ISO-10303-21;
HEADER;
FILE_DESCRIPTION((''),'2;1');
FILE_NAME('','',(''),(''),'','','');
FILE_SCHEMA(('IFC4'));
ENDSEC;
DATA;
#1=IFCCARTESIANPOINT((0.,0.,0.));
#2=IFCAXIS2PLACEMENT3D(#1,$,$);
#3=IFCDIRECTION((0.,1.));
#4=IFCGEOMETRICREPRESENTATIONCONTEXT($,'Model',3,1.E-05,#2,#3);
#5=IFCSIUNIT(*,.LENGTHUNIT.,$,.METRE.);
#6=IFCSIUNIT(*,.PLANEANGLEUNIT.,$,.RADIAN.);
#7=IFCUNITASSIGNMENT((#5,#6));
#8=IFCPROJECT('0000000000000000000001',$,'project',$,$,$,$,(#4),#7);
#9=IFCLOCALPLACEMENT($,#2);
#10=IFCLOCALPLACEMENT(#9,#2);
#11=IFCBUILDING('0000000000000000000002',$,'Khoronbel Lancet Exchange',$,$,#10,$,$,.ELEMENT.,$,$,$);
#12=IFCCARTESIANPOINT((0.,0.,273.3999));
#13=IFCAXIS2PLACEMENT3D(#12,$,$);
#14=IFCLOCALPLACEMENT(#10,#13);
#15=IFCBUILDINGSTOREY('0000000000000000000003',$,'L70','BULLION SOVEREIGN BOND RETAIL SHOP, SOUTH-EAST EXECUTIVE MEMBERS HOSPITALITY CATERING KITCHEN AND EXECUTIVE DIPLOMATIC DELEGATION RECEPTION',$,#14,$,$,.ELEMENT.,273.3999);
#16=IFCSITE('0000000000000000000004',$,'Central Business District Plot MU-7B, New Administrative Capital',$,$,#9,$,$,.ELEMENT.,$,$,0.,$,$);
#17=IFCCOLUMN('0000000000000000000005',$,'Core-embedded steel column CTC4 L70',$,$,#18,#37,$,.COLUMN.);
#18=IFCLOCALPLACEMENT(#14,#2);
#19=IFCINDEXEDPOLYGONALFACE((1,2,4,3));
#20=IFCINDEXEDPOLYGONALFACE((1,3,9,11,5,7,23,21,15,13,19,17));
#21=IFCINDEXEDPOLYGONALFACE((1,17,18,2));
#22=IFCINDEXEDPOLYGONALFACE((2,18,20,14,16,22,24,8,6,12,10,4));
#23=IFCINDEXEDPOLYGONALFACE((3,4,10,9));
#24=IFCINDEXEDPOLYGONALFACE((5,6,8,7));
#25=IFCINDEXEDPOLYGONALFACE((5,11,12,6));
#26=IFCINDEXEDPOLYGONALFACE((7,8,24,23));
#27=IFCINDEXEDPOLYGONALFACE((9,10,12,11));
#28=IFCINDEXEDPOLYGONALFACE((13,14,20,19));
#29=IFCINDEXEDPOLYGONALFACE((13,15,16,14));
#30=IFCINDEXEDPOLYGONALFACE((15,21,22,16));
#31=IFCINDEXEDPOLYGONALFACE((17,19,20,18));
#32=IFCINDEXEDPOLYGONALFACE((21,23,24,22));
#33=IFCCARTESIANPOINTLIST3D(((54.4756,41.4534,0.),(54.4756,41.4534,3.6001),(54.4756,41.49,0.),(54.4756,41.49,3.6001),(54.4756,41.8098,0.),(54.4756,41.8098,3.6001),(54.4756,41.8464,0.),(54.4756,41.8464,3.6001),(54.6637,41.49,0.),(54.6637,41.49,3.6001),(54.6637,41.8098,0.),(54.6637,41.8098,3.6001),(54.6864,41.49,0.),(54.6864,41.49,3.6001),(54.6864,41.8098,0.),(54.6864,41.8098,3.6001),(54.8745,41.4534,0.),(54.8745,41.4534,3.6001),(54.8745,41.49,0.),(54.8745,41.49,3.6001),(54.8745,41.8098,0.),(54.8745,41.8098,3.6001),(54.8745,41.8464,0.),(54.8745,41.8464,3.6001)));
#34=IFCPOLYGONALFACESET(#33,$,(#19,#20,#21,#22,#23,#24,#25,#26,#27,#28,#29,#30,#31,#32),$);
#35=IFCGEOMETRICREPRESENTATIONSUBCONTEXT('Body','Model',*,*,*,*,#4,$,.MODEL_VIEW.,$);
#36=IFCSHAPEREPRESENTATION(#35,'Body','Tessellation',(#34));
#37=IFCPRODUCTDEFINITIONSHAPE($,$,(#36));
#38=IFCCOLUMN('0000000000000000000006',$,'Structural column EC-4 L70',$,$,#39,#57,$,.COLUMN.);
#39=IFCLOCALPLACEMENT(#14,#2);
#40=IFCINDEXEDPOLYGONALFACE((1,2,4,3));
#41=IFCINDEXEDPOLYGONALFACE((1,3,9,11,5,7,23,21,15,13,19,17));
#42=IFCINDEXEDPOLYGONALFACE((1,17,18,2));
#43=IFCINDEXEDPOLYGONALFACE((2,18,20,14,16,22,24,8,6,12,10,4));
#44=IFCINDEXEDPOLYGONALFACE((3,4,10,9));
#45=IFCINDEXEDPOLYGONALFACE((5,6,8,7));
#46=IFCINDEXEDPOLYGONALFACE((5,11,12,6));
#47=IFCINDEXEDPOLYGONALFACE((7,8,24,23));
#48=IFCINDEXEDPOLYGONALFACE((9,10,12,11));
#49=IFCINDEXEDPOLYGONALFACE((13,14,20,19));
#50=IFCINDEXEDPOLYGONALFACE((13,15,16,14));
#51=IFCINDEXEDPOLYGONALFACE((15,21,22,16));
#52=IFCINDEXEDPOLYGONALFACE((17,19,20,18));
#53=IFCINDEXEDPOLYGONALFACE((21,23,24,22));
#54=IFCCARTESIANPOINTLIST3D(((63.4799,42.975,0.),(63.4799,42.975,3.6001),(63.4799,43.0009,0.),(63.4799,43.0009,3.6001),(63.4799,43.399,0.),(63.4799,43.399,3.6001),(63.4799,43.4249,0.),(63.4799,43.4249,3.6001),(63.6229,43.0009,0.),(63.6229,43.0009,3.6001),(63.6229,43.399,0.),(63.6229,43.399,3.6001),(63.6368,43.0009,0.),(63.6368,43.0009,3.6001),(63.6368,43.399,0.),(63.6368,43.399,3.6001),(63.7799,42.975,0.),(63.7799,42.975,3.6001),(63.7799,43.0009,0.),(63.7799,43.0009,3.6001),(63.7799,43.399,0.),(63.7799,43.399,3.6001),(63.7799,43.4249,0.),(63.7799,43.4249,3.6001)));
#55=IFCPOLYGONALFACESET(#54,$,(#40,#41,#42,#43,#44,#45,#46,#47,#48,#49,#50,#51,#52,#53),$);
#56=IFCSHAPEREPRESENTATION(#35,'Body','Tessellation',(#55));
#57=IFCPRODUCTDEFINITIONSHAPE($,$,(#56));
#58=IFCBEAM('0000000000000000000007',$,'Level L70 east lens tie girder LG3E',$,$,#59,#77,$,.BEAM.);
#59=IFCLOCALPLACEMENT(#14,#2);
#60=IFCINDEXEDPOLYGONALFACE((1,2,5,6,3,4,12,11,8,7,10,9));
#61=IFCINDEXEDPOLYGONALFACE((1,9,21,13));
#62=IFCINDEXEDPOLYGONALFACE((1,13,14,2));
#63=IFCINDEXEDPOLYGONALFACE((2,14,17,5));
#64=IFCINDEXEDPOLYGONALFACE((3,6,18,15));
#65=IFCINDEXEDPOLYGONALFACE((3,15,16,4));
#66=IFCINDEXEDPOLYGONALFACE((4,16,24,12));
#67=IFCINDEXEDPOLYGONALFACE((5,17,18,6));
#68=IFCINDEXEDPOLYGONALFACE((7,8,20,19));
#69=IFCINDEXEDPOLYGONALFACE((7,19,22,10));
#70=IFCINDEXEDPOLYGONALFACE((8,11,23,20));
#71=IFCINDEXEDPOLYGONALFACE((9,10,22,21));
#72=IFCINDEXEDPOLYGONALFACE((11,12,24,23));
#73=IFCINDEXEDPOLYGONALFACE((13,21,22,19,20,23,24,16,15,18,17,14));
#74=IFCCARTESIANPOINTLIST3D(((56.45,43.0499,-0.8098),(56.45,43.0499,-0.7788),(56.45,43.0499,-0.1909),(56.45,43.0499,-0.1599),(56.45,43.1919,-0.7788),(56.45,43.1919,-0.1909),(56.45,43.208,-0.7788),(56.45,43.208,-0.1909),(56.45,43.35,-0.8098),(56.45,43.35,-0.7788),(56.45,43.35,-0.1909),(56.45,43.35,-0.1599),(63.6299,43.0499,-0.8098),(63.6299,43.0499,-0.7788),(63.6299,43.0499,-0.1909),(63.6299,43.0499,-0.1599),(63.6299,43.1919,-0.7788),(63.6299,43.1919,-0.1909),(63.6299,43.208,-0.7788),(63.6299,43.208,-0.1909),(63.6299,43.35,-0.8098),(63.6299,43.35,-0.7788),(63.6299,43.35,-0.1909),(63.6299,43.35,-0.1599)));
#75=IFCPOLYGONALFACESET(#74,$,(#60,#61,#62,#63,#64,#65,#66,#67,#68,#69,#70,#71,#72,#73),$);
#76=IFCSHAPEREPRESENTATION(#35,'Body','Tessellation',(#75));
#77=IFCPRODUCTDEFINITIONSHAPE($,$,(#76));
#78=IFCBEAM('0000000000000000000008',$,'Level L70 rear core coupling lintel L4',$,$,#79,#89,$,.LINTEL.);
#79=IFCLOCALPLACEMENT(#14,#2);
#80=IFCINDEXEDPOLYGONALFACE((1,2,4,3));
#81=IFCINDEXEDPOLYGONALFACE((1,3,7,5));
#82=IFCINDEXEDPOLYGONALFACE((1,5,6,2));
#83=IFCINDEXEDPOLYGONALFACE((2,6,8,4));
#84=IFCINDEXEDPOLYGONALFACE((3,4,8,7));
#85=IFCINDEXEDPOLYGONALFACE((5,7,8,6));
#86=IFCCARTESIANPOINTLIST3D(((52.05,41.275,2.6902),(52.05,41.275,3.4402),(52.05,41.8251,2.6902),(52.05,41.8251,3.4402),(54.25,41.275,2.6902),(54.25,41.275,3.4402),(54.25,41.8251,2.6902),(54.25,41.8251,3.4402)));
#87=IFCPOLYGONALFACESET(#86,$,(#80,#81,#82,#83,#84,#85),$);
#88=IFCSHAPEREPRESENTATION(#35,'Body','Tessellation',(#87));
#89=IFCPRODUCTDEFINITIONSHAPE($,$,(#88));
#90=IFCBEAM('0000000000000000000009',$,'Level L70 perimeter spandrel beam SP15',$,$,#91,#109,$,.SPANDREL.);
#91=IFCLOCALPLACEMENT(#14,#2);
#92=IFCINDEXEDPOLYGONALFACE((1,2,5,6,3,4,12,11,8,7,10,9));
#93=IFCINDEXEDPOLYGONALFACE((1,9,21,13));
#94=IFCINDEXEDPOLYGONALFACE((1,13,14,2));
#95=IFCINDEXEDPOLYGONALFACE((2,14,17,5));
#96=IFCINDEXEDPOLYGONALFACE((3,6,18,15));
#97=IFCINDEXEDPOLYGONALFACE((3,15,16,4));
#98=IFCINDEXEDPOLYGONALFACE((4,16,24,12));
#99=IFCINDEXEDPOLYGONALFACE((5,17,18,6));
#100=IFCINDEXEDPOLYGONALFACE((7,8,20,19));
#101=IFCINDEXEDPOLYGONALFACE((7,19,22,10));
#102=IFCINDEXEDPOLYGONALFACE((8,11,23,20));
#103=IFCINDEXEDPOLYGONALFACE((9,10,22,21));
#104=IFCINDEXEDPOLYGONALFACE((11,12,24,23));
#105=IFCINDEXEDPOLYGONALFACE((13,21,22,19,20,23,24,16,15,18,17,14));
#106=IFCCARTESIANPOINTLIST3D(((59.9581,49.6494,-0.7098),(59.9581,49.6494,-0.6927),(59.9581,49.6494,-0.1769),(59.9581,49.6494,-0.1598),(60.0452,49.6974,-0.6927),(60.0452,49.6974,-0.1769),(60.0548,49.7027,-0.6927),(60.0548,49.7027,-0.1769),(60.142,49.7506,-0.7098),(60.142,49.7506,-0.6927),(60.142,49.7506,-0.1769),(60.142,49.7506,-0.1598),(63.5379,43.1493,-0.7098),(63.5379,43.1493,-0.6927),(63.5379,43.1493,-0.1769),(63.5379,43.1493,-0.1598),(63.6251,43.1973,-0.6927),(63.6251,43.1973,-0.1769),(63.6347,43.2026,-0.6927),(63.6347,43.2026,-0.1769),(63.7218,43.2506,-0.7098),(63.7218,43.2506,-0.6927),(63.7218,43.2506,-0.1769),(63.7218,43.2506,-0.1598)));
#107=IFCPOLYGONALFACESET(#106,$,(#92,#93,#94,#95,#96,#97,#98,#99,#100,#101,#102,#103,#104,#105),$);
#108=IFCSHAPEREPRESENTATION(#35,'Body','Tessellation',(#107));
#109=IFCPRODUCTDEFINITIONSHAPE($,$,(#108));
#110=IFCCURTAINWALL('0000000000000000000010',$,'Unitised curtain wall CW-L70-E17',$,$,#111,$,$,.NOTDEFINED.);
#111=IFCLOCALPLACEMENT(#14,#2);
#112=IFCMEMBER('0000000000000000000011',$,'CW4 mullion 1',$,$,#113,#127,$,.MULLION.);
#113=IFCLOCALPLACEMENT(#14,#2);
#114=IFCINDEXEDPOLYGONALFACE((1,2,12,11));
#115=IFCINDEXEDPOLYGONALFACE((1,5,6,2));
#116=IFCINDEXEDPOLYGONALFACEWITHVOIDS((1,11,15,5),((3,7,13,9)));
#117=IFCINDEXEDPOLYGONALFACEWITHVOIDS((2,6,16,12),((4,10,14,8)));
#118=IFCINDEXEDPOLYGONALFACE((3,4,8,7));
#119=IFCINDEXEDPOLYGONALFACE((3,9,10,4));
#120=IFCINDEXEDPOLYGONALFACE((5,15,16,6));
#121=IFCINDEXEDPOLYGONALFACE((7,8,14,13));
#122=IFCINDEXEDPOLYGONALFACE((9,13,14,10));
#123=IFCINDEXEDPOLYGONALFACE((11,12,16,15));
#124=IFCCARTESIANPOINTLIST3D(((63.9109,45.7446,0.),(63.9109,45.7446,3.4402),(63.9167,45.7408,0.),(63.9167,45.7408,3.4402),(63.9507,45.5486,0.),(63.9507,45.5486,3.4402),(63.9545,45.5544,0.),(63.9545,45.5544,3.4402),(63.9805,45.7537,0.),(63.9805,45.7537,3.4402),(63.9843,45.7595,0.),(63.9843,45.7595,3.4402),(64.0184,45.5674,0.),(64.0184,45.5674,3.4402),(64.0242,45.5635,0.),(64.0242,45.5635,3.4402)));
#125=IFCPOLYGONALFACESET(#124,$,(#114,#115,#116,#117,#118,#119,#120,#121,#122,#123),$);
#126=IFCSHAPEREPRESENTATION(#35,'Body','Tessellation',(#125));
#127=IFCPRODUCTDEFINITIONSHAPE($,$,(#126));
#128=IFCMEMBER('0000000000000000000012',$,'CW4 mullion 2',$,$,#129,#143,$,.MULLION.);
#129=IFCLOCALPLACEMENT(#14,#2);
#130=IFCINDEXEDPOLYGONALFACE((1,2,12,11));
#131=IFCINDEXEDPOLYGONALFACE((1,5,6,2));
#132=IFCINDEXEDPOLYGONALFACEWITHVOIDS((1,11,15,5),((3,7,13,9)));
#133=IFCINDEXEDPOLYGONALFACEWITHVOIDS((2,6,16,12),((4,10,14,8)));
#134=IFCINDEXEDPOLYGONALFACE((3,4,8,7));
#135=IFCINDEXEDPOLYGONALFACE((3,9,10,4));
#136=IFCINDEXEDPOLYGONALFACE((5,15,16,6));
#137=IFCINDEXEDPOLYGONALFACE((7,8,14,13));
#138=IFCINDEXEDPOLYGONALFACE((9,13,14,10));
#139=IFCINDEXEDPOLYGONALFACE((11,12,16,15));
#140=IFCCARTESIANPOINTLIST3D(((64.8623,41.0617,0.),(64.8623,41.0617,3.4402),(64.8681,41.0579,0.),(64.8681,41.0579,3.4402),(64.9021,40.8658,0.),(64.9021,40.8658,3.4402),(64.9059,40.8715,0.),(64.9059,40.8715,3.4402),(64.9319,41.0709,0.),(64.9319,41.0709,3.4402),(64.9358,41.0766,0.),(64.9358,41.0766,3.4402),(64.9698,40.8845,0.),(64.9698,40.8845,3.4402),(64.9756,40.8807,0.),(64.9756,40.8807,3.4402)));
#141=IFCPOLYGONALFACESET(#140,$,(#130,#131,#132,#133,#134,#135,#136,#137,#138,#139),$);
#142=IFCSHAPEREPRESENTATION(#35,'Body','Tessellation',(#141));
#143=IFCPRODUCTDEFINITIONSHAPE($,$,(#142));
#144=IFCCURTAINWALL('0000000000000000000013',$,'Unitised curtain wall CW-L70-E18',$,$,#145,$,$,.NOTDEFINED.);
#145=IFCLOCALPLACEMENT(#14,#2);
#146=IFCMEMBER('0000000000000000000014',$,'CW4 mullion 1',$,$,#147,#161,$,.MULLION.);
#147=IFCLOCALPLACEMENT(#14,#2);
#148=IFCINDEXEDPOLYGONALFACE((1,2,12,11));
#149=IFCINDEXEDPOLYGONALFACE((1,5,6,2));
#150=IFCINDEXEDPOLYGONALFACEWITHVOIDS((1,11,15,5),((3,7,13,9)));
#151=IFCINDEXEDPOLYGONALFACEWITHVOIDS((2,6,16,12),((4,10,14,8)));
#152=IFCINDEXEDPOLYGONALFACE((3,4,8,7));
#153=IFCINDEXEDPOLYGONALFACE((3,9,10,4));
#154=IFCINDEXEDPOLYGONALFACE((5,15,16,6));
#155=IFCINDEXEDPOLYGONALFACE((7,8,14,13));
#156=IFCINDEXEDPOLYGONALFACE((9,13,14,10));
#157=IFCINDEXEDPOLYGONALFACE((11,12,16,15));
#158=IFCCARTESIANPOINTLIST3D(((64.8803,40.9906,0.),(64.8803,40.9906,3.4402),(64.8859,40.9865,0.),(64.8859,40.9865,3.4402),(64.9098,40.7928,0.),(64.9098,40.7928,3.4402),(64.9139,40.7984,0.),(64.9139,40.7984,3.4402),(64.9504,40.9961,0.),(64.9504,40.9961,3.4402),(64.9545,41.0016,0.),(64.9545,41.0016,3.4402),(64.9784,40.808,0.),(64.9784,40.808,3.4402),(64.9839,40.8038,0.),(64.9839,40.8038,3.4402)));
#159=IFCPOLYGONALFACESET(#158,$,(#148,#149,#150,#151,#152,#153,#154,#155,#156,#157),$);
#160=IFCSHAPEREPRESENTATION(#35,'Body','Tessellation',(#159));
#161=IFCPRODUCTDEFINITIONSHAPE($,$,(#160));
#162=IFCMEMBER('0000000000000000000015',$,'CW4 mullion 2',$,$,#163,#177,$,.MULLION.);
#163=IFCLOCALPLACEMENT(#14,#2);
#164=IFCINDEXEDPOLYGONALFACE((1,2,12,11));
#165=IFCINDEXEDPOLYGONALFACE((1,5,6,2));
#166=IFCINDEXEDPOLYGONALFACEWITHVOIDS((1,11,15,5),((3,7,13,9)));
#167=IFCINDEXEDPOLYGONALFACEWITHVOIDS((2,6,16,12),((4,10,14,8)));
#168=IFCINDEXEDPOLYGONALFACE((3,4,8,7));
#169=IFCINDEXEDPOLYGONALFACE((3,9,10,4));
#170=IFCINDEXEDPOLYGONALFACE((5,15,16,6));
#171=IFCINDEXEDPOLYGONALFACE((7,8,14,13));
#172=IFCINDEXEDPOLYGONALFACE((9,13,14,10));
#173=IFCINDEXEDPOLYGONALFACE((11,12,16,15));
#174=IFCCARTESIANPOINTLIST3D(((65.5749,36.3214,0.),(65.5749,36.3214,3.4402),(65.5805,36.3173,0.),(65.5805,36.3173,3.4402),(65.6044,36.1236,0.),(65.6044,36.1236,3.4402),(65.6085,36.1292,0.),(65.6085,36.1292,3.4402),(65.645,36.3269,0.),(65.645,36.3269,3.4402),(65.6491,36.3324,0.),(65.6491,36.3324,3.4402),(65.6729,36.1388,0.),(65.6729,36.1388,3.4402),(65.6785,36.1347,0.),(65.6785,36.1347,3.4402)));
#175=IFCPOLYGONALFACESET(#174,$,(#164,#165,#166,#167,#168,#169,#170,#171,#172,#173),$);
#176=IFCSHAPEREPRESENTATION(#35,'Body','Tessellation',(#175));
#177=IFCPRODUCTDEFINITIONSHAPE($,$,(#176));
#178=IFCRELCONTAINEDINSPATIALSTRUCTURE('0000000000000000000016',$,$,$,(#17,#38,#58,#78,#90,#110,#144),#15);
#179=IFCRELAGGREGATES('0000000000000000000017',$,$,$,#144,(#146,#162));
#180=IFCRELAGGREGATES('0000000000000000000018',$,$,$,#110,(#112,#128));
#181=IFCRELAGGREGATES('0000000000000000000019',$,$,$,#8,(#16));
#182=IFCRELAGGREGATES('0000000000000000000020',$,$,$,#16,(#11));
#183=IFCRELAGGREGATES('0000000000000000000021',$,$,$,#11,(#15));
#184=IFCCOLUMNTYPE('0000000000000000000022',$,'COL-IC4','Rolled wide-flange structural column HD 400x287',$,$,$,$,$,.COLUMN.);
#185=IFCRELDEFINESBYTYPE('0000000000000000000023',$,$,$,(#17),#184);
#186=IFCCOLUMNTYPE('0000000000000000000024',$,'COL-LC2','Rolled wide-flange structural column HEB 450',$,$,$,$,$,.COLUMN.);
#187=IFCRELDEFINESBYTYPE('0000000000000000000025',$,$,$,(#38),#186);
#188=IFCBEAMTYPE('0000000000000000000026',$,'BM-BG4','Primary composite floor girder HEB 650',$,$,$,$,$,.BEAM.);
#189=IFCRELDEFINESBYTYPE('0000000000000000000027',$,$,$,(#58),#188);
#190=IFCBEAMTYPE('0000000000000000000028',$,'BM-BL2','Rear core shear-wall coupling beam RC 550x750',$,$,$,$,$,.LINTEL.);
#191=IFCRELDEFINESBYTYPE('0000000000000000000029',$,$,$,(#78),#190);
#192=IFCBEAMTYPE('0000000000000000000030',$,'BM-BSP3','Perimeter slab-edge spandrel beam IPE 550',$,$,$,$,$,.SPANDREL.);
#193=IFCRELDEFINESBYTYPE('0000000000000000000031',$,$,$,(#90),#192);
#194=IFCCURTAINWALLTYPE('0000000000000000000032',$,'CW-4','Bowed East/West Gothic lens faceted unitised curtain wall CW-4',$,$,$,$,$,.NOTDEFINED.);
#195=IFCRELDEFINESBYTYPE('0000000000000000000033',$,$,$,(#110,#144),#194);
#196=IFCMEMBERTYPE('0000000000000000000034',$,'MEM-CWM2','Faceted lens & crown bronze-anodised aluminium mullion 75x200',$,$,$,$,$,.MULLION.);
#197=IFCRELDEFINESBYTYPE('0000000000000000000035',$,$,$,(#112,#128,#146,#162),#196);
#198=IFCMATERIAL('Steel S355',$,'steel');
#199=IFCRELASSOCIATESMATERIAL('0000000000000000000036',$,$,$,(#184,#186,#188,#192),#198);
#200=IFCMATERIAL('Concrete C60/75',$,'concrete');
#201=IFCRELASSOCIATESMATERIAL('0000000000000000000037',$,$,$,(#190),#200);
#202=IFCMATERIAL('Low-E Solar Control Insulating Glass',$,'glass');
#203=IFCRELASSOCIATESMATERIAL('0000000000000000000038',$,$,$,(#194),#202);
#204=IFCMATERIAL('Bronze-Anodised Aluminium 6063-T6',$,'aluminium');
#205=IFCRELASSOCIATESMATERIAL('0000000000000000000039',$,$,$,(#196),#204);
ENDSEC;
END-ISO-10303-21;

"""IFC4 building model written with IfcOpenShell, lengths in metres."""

from ifc_helpers import new_model, si_unit, direction, frame, origin, origin_2d, place, context, subcontext, project, spatial, rectangle, hollow_rectangle, i_section, extrude, material, material_profile, profile_set, type_object, element, aggregate, save


model = new_model("IFC4")

# Units and contexts
model_context = context("Model", 3, precision=1e-05, world=origin(), true_north=direction((0.0, 1.0)))
body_context = subcontext(model_context, "Body", "Model", "MODEL_VIEW")
ifc_project = project(units=[si_unit("LENGTHUNIT", "METRE"), si_unit("PLANEANGLEUNIT", "RADIAN")], contexts=[model_context])

# Site, building, storey
site_placement = place(None, origin())
site = spatial("IfcSite", under=ifc_project, at=site_placement, Name="Central Business District Plot MU-7B, New Administrative Capital", CompositionType="ELEMENT", RefElevation=0.0)
building_placement = place(site_placement, origin())
building = spatial("IfcBuilding", under=site, at=building_placement, Name="Khoronbel Lancet Exchange", CompositionType="ELEMENT")
storey_placement = place(building_placement, frame((0.0, 0.0, 273.3999)))
storey = spatial("IfcBuildingStorey", under=building, at=storey_placement, Name="L70", Description="BULLION SOVEREIGN BOND RETAIL SHOP, SOUTH-EAST EXECUTIVE MEMBERS HOSPITALITY CATERING KITCHEN AND EXECUTIVE DIPLOMATIC DELEGATION RECEPTION", CompositionType="ELEMENT", Elevation=273.3999)

# Columns
ifc_material_1 = material(Name="Steel S355", Category="steel")
ifc_material_profile_1 = material_profile(ifc_material_1, i_section(OverallWidth=0.3989, OverallDepth=0.3931, WebThickness=0.0227, FlangeThickness=0.0366, at=origin_2d()), Name="HD 400x287")
ifc_profile_set_1 = profile_set([ifc_material_profile_1], Name="Steel S355")
column_type_1 = type_object("IfcColumnType", Name="COL-IC4", Description="Rolled wide-flange structural column HD 400x287", PredefinedType="COLUMN", material=ifc_profile_set_1)
column_1_placement = place(storey_placement, frame((54.675, 41.6499, 0.0), z_axis=(0.0, 0.0, 1.0), x_axis=(1.0, 0.0, 0.0)))
element("IfcColumn", 1, at=column_1_placement, inside=storey, type_object=column_type_1, Name="Core-embedded steel column CTC4 L70", PredefinedType="COLUMN", context=body_context, shape_type="SweptSolid", body=[
    extrude(i_section(OverallWidth=0.3989, OverallDepth=0.3931, WebThickness=0.0227, FlangeThickness=0.0366, at=origin_2d()), origin(), (0.0, 0.0, 1.0), 3.6001),
])
ifc_material_profile_2 = material_profile(ifc_material_1, i_section(OverallWidth=0.3, OverallDepth=0.45, WebThickness=0.0139, FlangeThickness=0.0259, at=origin_2d()), Name="HEB 450")
ifc_profile_set_2 = profile_set([ifc_material_profile_2], Name="Steel S355")
column_type_2 = type_object("IfcColumnType", Name="COL-LC2", Description="Rolled wide-flange structural column HEB 450", PredefinedType="COLUMN", material=ifc_profile_set_2)
column_2_placement = place(storey_placement, frame((63.6299, 43.2, 0.0), z_axis=(0.0, 0.0, 1.0), x_axis=(1.0, 0.0, 0.0)))
element("IfcColumn", 2, at=column_2_placement, inside=storey, type_object=column_type_2, Name="Structural column EC-4 L70", PredefinedType="COLUMN", context=body_context, shape_type="SweptSolid", body=[
    extrude(i_section(OverallWidth=0.3, OverallDepth=0.45, WebThickness=0.0139, FlangeThickness=0.0259, at=origin_2d()), origin(), (0.0, 0.0, 1.0), 3.6001),
])

# Beams
ifc_material_profile_3 = material_profile(ifc_material_1, i_section(OverallWidth=0.3, OverallDepth=0.6499, WebThickness=0.0161, FlangeThickness=0.031, at=origin_2d()), Name="HEB 650")
ifc_profile_set_3 = profile_set([ifc_material_profile_3], Name="Steel S355")
beam_type_1 = type_object("IfcBeamType", Name="BM-BG4", Description="Primary composite floor girder HEB 650", PredefinedType="BEAM", material=ifc_profile_set_3)
beam_1_placement = place(storey_placement, frame((56.45, 43.2, -0.4849), z_axis=(1.0, 0.0, 0.0), x_axis=(0.0, 1.0, 0.0)))
element("IfcBeam", 3, at=beam_1_placement, inside=storey, type_object=beam_type_1, Name="Level L70 east lens tie girder LG3E", PredefinedType="BEAM", context=body_context, shape_type="SweptSolid", body=[
    extrude(i_section(OverallWidth=0.3, OverallDepth=0.6499, WebThickness=0.0161, FlangeThickness=0.031, at=origin_2d()), origin(), (0.0, 0.0, 1.0), 7.1799),
])
ifc_material_2 = material(Name="Concrete C60/75", Category="concrete")
ifc_material_profile_4 = material_profile(ifc_material_2, rectangle(XDim=0.55, YDim=0.75, at=origin_2d()), Name="RC 550x750")
ifc_profile_set_4 = profile_set([ifc_material_profile_4], Name="Concrete C60/75")
beam_type_2 = type_object("IfcBeamType", Name="BM-BL2", Description="Rear core shear-wall coupling beam RC 550x750", PredefinedType="LINTEL", material=ifc_profile_set_4)
beam_2_placement = place(storey_placement, frame((52.05, 41.55, 3.0652), z_axis=(1.0, 0.0, 0.0), x_axis=(0.0, 1.0, 0.0)))
element("IfcBeam", 4, at=beam_2_placement, inside=storey, type_object=beam_type_2, Name="Level L70 rear core coupling lintel L4", PredefinedType="LINTEL", context=body_context, shape_type="SweptSolid", body=[
    extrude(rectangle(XDim=0.55, YDim=0.75, at=origin_2d()), origin(), (0.0, 0.0, 1.0), 2.2),
])
ifc_material_profile_5 = material_profile(ifc_material_1, i_section(OverallWidth=0.21, OverallDepth=0.55, WebThickness=0.011, FlangeThickness=0.0171, at=origin_2d()), Name="IPE 550")
ifc_profile_set_5 = profile_set([ifc_material_profile_5], Name="Steel S355")
beam_type_3 = type_object("IfcBeamType", Name="BM-BSP3", Description="Perimeter slab-edge spandrel beam IPE 550", PredefinedType="SPANDREL", material=ifc_profile_set_5)
beam_3_placement = place(storey_placement, frame((63.6299, 43.2, -0.4348), z_axis=(-0.482419, 0.875941, 0.0), x_axis=(-0.875941, -0.482419, 0.0)))
element("IfcBeam", 5, at=beam_3_placement, inside=storey, type_object=beam_type_3, Name="Level L70 perimeter spandrel beam SP15", PredefinedType="SPANDREL", context=body_context, shape_type="SweptSolid", body=[
    extrude(i_section(OverallWidth=0.21, OverallDepth=0.55, WebThickness=0.011, FlangeThickness=0.0171, at=origin_2d()), origin(), (0.0, 0.0, 1.0), 7.4207),
])

# Curtain walls, members
ifc_material_3 = material(Name="Low-E Solar Control Insulating Glass", Category="glass")
curtain_wall_type = type_object("IfcCurtainWallType", Name="CW-4", Description="Bowed East/West Gothic lens faceted unitised curtain wall CW-4", PredefinedType="NOTDEFINED", material=ifc_material_3)
curtain_wall_1_placement = place(storey_placement, origin())
curtain_wall_1 = element("IfcCurtainWall", 6, at=curtain_wall_1_placement, inside=storey, type_object=curtain_wall_type, Name="Unitised curtain wall CW-L70-E17", PredefinedType="NOTDEFINED")
ifc_material_4 = material(Name="Bronze-Anodised Aluminium 6063-T6", Category="aluminium")
ifc_material_profile_6 = material_profile(ifc_material_4, hollow_rectangle(XDim=0.075, YDim=0.2, WallThickness=0.0049, at=origin_2d()), Name="ALU MULLION 75x200")
ifc_profile_set_6 = profile_set([ifc_material_profile_6], Name="Bronze-Anodised Aluminium 6063-T6")
member_type_1 = type_object("IfcMemberType", Name="MEM-CWM2", Description="Faceted lens & crown bronze-anodised aluminium mullion 75x200", PredefinedType="MULLION", material=ifc_profile_set_6)
member_1_placement = place(storey_placement, frame((63.9675, 45.6541, 0.0), z_axis=(0.0, 0.0, 1.0), x_axis=(0.979974, 0.199126, 0.0)))
member_1 = element("IfcMember", 7, at=member_1_placement, type_object=member_type_1, Name="CW4 mullion 1", PredefinedType="MULLION", context=body_context, shape_type="SweptSolid", body=[
    extrude(hollow_rectangle(XDim=0.075, YDim=0.2, WallThickness=0.0049, at=origin_2d()), origin(), (0.0, 0.0, 1.0), 3.4402),
])
member_2_placement = place(storey_placement, frame((64.9189, 40.9712, 0.0), z_axis=(0.0, 0.0, 1.0), x_axis=(0.979974, 0.199126, 0.0)))
member_2 = element("IfcMember", 8, at=member_2_placement, type_object=member_type_1, Name="CW4 mullion 2", PredefinedType="MULLION", context=body_context, shape_type="SweptSolid", body=[
    extrude(hollow_rectangle(XDim=0.075, YDim=0.2, WallThickness=0.0049, at=origin_2d()), origin(), (0.0, 0.0, 1.0), 3.4402),
])
curtain_wall_2_placement = place(storey_placement, origin())
curtain_wall_2 = element("IfcCurtainWall", 9, at=curtain_wall_2_placement, inside=storey, type_object=curtain_wall_type, Name="Unitised curtain wall CW-L70-E18", PredefinedType="NOTDEFINED")
member_3_placement = place(storey_placement, frame((64.9321, 40.8972, 0.0), z_axis=(0.0, 0.0, 1.0), x_axis=(0.989114, 0.147152, 0.0)))
member_3 = element("IfcMember", 10, at=member_3_placement, type_object=member_type_1, Name="CW4 mullion 1", PredefinedType="MULLION", context=body_context, shape_type="SweptSolid", body=[
    extrude(hollow_rectangle(XDim=0.075, YDim=0.2, WallThickness=0.0049, at=origin_2d()), origin(), (0.0, 0.0, 1.0), 3.4402),
])
member_4_placement = place(storey_placement, frame((65.6267, 36.228, 0.0), z_axis=(0.0, 0.0, 1.0), x_axis=(0.989114, 0.147152, 0.0)))
member_4 = element("IfcMember", 11, at=member_4_placement, type_object=member_type_1, Name="CW4 mullion 2", PredefinedType="MULLION", context=body_context, shape_type="SweptSolid", body=[
    extrude(hollow_rectangle(XDim=0.075, YDim=0.2, WallThickness=0.0049, at=origin_2d()), origin(), (0.0, 0.0, 1.0), 3.4402),
])

aggregate(curtain_wall_2, [member_3, member_4])
aggregate(curtain_wall_1, [member_1, member_2])

save(model, "model.ifc")
